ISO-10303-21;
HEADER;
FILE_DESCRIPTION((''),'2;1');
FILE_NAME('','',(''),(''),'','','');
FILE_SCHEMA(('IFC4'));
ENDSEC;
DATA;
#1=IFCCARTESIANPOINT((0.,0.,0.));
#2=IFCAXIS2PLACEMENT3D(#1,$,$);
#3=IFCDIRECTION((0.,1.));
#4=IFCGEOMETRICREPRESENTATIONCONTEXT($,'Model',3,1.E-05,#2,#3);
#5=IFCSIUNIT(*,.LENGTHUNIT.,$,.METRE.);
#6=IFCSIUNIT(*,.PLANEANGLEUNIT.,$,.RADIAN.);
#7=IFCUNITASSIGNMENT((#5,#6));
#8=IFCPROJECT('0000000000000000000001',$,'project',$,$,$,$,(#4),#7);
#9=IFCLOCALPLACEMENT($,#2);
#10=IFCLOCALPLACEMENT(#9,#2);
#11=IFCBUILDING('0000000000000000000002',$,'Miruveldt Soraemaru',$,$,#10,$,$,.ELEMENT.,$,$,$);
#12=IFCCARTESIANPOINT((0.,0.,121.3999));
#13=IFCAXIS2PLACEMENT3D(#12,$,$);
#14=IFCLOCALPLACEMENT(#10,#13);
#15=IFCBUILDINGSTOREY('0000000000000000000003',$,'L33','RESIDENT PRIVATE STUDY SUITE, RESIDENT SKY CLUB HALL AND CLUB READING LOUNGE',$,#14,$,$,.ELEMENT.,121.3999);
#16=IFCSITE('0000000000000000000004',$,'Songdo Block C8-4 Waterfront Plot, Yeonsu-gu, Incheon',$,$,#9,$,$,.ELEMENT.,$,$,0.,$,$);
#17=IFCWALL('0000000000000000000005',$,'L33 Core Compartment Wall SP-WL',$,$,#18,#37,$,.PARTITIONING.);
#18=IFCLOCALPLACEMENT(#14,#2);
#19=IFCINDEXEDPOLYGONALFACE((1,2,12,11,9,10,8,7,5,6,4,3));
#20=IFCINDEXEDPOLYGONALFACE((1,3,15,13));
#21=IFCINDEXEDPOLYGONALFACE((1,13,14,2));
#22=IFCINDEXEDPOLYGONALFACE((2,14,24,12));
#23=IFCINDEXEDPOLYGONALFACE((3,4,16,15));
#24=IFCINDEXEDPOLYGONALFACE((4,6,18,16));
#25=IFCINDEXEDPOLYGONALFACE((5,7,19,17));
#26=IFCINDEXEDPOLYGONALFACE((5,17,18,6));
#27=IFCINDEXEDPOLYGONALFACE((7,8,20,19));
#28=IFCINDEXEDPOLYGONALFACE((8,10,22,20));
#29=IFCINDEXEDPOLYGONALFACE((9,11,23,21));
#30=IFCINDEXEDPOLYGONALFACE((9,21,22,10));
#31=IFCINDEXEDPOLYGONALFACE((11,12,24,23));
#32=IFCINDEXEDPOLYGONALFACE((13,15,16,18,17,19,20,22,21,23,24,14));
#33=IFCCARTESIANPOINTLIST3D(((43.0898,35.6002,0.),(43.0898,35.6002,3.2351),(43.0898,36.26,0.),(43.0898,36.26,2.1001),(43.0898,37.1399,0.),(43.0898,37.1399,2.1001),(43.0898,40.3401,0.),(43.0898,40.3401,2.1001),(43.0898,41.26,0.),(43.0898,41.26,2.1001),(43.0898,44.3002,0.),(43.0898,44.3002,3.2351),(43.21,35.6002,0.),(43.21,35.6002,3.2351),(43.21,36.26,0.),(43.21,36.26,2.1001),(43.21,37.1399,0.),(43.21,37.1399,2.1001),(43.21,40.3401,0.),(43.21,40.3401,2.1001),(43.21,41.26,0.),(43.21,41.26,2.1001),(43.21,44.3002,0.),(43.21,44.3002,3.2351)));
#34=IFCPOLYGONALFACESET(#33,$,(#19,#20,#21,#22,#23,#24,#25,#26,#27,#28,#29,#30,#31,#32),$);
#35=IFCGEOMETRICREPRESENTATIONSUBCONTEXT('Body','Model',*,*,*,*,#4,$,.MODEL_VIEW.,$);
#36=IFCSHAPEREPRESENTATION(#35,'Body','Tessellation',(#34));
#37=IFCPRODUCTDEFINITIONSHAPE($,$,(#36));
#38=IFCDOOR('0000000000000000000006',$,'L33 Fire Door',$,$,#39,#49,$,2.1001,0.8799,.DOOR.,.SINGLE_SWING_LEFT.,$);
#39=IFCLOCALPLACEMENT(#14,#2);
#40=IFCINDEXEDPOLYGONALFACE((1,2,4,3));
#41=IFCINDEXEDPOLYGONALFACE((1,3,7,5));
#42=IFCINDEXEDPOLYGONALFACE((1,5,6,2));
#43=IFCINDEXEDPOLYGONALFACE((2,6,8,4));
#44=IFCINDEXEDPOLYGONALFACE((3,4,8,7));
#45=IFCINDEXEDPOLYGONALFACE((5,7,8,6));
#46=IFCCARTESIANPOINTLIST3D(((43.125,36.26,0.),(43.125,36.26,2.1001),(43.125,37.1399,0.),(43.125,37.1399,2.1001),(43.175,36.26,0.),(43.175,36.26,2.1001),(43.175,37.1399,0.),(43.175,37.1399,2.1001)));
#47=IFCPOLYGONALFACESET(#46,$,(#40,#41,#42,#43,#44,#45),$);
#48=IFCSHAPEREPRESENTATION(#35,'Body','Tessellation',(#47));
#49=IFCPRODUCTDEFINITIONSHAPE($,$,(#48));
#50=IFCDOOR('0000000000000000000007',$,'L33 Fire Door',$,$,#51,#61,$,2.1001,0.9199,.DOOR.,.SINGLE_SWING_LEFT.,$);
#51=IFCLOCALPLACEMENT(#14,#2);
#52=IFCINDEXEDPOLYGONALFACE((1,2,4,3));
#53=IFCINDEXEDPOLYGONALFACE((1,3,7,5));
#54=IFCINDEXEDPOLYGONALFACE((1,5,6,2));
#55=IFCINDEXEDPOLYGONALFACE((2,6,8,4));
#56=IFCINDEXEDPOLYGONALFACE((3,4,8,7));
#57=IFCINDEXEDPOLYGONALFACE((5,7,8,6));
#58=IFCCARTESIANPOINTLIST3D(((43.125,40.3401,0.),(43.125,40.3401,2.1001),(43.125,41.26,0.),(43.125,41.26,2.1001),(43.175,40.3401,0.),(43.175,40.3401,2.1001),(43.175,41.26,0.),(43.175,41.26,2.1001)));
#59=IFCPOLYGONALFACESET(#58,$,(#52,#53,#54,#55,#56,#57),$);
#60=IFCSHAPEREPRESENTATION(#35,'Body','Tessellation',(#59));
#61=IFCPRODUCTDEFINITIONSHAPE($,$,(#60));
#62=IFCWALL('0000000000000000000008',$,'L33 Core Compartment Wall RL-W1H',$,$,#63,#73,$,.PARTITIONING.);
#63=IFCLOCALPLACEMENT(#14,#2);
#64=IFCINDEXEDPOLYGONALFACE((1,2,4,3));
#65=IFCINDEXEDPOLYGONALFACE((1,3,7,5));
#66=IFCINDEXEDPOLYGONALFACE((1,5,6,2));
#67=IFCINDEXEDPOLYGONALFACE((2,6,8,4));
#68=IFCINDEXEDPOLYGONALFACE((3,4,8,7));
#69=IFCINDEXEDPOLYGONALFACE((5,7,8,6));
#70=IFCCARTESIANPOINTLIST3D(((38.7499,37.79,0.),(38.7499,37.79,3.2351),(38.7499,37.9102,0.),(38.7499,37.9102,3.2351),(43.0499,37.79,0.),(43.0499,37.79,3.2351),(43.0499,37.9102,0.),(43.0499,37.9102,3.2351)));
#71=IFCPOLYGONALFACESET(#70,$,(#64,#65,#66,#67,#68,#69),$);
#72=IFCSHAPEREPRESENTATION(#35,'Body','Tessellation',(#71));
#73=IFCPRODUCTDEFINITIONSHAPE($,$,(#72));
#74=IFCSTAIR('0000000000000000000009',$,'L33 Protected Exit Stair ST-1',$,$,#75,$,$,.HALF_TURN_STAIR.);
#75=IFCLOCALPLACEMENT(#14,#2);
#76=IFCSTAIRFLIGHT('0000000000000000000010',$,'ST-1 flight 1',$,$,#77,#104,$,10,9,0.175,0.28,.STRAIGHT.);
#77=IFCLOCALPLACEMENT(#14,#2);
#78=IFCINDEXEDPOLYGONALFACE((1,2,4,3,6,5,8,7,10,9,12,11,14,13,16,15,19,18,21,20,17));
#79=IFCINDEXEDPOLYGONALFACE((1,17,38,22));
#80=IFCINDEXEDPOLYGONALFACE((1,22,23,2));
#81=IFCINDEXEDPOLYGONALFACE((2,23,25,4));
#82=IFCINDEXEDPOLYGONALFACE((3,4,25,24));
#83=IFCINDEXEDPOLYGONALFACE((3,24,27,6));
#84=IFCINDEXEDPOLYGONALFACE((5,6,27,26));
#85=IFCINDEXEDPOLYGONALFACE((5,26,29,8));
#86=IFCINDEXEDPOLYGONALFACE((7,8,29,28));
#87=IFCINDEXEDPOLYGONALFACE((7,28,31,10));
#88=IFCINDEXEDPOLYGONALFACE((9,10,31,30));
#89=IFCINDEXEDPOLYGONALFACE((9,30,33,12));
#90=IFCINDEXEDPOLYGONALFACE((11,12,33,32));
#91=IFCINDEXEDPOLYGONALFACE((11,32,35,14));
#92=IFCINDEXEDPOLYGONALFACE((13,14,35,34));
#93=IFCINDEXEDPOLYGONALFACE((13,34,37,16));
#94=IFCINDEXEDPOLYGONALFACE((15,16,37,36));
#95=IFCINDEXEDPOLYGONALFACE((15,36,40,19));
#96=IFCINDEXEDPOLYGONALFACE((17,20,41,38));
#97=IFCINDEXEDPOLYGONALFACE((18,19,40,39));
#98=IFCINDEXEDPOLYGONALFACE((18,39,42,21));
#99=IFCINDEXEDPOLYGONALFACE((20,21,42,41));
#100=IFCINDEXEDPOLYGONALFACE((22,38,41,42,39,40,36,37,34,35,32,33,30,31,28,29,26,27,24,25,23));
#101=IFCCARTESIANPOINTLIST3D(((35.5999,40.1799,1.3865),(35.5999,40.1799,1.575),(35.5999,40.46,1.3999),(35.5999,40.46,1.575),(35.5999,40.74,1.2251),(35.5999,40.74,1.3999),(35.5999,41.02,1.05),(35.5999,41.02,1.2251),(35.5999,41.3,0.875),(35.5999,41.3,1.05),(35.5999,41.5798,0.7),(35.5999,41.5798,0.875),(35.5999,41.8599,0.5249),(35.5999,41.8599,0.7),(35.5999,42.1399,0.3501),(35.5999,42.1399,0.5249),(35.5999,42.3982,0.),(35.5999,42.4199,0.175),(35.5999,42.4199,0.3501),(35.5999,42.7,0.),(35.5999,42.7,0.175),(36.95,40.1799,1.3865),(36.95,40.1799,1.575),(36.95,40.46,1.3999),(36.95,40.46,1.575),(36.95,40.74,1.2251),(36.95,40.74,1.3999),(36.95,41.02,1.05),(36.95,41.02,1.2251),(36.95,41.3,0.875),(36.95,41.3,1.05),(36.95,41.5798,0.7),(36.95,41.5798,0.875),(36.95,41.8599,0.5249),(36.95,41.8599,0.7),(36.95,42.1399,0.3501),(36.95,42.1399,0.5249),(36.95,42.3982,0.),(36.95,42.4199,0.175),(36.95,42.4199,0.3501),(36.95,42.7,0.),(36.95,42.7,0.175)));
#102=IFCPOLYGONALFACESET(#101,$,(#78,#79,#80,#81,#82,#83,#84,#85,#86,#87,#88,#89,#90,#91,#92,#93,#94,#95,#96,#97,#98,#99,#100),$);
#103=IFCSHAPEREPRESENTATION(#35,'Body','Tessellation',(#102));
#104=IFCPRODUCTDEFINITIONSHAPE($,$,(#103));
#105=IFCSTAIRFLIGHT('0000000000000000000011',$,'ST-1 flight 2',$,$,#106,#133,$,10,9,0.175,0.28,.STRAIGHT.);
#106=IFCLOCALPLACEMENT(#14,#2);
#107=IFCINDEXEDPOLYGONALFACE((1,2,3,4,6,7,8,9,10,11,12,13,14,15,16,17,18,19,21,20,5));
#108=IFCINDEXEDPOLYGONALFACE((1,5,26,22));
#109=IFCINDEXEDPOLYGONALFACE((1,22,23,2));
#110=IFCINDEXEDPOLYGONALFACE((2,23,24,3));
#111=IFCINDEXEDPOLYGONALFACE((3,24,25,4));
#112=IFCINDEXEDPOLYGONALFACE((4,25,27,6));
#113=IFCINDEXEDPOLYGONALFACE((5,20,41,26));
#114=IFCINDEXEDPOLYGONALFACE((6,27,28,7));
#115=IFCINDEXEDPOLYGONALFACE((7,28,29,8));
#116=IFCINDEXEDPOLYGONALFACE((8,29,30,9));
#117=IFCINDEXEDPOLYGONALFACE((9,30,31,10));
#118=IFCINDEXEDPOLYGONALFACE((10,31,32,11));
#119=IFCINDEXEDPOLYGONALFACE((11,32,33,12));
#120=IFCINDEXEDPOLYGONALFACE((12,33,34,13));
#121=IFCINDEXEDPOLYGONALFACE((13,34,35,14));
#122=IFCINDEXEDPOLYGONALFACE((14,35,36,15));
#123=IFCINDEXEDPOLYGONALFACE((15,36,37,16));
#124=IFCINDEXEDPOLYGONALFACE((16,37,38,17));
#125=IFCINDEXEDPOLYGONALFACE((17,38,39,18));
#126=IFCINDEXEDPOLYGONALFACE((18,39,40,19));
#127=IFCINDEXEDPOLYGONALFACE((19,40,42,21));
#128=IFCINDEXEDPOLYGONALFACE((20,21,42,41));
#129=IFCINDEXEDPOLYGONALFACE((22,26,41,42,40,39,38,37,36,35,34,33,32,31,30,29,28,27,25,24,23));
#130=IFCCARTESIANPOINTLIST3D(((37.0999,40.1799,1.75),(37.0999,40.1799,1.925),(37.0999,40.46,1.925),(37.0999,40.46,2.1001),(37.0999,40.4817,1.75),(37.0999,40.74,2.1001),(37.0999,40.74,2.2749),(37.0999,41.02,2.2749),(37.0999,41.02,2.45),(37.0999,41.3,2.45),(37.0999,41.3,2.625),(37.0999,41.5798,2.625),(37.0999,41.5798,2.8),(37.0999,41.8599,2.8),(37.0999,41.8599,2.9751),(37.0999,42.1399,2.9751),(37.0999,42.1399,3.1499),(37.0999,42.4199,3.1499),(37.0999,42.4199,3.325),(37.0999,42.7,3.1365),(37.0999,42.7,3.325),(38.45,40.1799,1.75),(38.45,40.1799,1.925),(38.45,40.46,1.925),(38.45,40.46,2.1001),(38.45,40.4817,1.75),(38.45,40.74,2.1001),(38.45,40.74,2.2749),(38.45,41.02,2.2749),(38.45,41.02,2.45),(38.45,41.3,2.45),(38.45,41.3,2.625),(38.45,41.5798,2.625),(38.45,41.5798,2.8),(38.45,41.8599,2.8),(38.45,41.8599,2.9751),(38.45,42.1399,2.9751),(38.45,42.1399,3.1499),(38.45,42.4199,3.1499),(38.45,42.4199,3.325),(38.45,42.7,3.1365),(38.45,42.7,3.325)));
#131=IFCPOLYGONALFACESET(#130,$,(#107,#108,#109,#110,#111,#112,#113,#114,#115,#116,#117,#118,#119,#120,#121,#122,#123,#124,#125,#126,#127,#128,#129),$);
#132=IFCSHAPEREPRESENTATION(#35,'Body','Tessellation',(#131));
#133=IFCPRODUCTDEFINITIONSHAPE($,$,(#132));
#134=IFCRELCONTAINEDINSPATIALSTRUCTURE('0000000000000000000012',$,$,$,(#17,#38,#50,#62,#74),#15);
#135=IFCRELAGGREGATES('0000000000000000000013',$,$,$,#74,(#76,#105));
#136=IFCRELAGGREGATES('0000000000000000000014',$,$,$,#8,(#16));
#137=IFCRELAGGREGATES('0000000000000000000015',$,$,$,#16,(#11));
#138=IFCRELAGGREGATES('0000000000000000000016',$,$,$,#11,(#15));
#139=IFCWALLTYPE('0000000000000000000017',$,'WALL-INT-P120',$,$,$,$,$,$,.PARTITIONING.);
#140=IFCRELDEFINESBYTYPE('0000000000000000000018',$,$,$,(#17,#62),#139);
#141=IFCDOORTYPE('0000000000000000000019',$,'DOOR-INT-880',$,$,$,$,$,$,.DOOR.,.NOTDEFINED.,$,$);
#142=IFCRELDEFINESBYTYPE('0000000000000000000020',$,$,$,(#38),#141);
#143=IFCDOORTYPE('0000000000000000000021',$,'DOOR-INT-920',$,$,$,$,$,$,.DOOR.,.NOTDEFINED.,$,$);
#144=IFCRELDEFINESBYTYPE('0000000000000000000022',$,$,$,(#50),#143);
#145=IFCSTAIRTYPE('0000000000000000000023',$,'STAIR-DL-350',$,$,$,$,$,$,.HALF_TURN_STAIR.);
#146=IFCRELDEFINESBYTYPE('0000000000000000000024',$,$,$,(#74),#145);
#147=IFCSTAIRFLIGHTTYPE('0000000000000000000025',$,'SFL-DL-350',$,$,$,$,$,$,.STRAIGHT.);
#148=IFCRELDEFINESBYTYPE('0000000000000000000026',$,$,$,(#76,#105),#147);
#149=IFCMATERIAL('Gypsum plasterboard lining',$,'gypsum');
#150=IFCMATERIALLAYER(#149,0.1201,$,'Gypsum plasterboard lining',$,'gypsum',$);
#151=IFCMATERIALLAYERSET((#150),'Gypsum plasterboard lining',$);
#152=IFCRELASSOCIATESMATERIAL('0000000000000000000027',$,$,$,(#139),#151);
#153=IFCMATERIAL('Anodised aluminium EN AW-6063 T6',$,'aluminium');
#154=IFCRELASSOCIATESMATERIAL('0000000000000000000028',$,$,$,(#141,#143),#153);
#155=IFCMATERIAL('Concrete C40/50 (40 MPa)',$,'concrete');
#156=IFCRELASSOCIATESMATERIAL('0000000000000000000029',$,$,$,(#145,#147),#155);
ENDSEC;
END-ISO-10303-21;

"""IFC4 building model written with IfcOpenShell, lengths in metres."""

from ifc_helpers import new_model, si_unit, direction, frame, frame_2d, origin, place, context, subcontext, project, spatial, polyline, rectangle, outline, extrude, material, layer, layer_set, type_object, element, fill, aggregate, save


model = new_model("IFC4")

# Units and contexts
model_context = context("Model", 3, precision=1e-05, world=origin(), true_north=direction((0.0, 1.0)))
body_context = subcontext(model_context, "Body", "Model", "MODEL_VIEW")
ifc_project = project(units=[si_unit("LENGTHUNIT", "METRE"), si_unit("PLANEANGLEUNIT", "RADIAN")], contexts=[model_context])

# Site, building, storey
site_placement = place(None, origin())
site = spatial("IfcSite", under=ifc_project, at=site_placement, Name="Songdo Block C8-4 Waterfront Plot, Yeonsu-gu, Incheon", CompositionType="ELEMENT", RefElevation=0.0)
building_placement = place(site_placement, origin())
building = spatial("IfcBuilding", under=site, at=building_placement, Name="Miruveldt Soraemaru", CompositionType="ELEMENT")
storey_placement = place(building_placement, frame((0.0, 0.0, 121.3999)))
storey = spatial("IfcBuildingStorey", under=building, at=storey_placement, Name="L33", Description="RESIDENT PRIVATE STUDY SUITE, RESIDENT SKY CLUB HALL AND CLUB READING LOUNGE", CompositionType="ELEMENT", Elevation=121.3999)

# Wall, openings, doors
ifc_material_1 = material(Name="Gypsum plasterboard lining", Category="gypsum")
ifc_layer = layer(ifc_material_1, 0.1201, Name="Gypsum plasterboard lining", Category="gypsum")
ifc_layer_set = layer_set([ifc_layer], Name="Gypsum plasterboard lining")
wall_type = type_object("IfcWallType", Name="WALL-INT-P120", PredefinedType="PARTITIONING", material=ifc_layer_set)
wall_1_placement = place(storey_placement, frame((43.1499, 35.6001, 0.0), z_axis=(0.0, 0.0, 1.0), x_axis=(0.0, 1.0, 0.0)))
wall_1 = element("IfcWall", 1, at=wall_1_placement, inside=storey, type_object=wall_type, Name="L33 Core Compartment Wall SP-WL", PredefinedType="PARTITIONING", context=body_context, shape_type="SweptSolid", body=[
    extrude(rectangle(XDim=8.7, YDim=0.1201, at=frame_2d((4.3501, 0.0))), origin(), (0.0, 0.0, 1.0), 3.2351),
])
opening_1_placement = place(wall_1_placement, frame((0.6599, 0.0, 0.0)))
opening_1 = element("IfcOpeningElement", 2, at=opening_1_placement, cuts=wall_1, PredefinedType="OPENING", context=body_context, shape_type="SweptSolid", body=[
    extrude(rectangle(XDim=0.8799, YDim=2.1001, at=frame_2d((0.4399, 1.05))), frame((0.0, 0.0701, 0.0), z_axis=(0.0, -1.0, 0.0), x_axis=(1.0, 0.0, 0.0)), (0.0, 0.0, 1.0), 0.1401),
])
opening_2_placement = place(wall_1_placement, frame((4.74, 0.0, 0.0)))
opening_2 = element("IfcOpeningElement", 3, at=opening_2_placement, cuts=wall_1, PredefinedType="OPENING", context=body_context, shape_type="SweptSolid", body=[
    extrude(rectangle(XDim=0.9199, YDim=2.1001, at=frame_2d((0.46, 1.05))), frame((0.0, 0.0701, 0.0), z_axis=(0.0, -1.0, 0.0), x_axis=(1.0, 0.0, 0.0)), (0.0, 0.0, 1.0), 0.1401),
])
ifc_material_2 = material(Name="Anodised aluminium EN AW-6063 T6", Category="aluminium")
door_type_1 = type_object("IfcDoorType", Name="DOOR-INT-880", OperationType="NOTDEFINED", PredefinedType="DOOR", material=ifc_material_2)
door_1_placement = place(opening_1_placement, origin())
door_1 = element("IfcDoor", 4, at=door_1_placement, inside=storey, type_object=door_type_1, Name="L33 Fire Door", OperationType="SINGLE_SWING_LEFT", OverallHeight=2.1001, OverallWidth=0.8799, PredefinedType="DOOR", context=body_context, shape_type="SweptSolid", body=[
    extrude(rectangle(XDim=0.8799, YDim=2.1001, at=frame_2d((0.4399, 1.05))), frame((0.0, 0.0249, 0.0), z_axis=(0.0, -1.0, 0.0), x_axis=(1.0, 0.0, 0.0)), (0.0, 0.0, 1.0), 0.05),
])
fill(opening_1, door_1)
door_type_2 = type_object("IfcDoorType", Name="DOOR-INT-920", OperationType="NOTDEFINED", PredefinedType="DOOR", material=ifc_material_2)
door_2_placement = place(opening_2_placement, origin())
door_2 = element("IfcDoor", 5, at=door_2_placement, inside=storey, type_object=door_type_2, Name="L33 Fire Door", OperationType="SINGLE_SWING_LEFT", OverallHeight=2.1001, OverallWidth=0.9199, PredefinedType="DOOR", context=body_context, shape_type="SweptSolid", body=[
    extrude(rectangle(XDim=0.9199, YDim=2.1001, at=frame_2d((0.46, 1.05))), frame((0.0, 0.0249, 0.0), z_axis=(0.0, -1.0, 0.0), x_axis=(1.0, 0.0, 0.0)), (0.0, 0.0, 1.0), 0.05),
])
fill(opening_2, door_2)

# Wall
wall_2_placement = place(storey_placement, frame((38.75, 37.8501, 0.0), z_axis=(0.0, 0.0, 1.0), x_axis=(1.0, 0.0, 0.0)))
element("IfcWall", 6, at=wall_2_placement, inside=storey, type_object=wall_type, Name="L33 Core Compartment Wall RL-W1H", PredefinedType="PARTITIONING", context=body_context, shape_type="SweptSolid", body=[
    extrude(rectangle(XDim=4.3, YDim=0.1201, at=frame_2d((2.1499, 0.0))), origin(), (0.0, 0.0, 1.0), 3.2351),
])

# Stair, stair flights
ifc_material_3 = material(Name="Concrete C40/50 (40 MPa)", Category="concrete")
stair_type = type_object("IfcStairType", Name="STAIR-DL-350", PredefinedType="HALF_TURN_STAIR", material=ifc_material_3)
stair_placement = place(storey_placement, origin())
stair = element("IfcStair", 7, at=stair_placement, inside=storey, type_object=stair_type, Name="L33 Protected Exit Stair ST-1", PredefinedType="HALF_TURN_STAIR")
stair_flight_type = type_object("IfcStairFlightType", Name="SFL-DL-350", PredefinedType="STRAIGHT", material=ifc_material_3)
stair_flight_1_placement = place(storey_placement, frame((36.2749, 42.7, 0.0), z_axis=(0.0, 0.0, 1.0), x_axis=(0.0, -1.0, 0.0)))
stair_flight_1 = element("IfcStairFlight", 8, at=stair_flight_1_placement, type_object=stair_flight_type, Name="ST-1 flight 1", NumberOfRisers=10, NumberOfTreads=9, PredefinedType="STRAIGHT", RiserHeight=0.175, TreadLength=0.28, context=body_context, shape_type="SweptSolid", body=[
    extrude(outline(polyline([(0.0, 0.0), (0.0, 0.175), (0.28, 0.175), (0.28, 0.3501), (0.5601, 0.3501), (0.5601, 0.5249), (0.8401, 0.5249), (0.8401, 0.7), (1.1201, 0.7), (1.1201, 0.875), (1.3999, 0.875), (1.3999, 1.05), (1.6799, 1.05), (1.6799, 1.2251), (1.96, 1.2251), (1.96, 1.3999), (2.24, 1.3999), (2.24, 1.575), (2.52, 1.575), (2.52, 1.75), (2.52, 1.3865), (0.3018, 0.0), (0.0, 0.0)])), frame((0.0, 0.675, 0.0), z_axis=(0.0, -1.0, 0.0), x_axis=(1.0, 0.0, 0.0)), (0.0, 0.0, 1.0), 1.3501),
])
stair_flight_2_placement = place(storey_placement, frame((37.7749, 40.1799, 1.75), z_axis=(0.0, 0.0, 1.0), x_axis=(0.0, 1.0, 0.0)))
stair_flight_2 = element("IfcStairFlight", 9, at=stair_flight_2_placement, type_object=stair_flight_type, Name="ST-1 flight 2", NumberOfRisers=10, NumberOfTreads=9, PredefinedType="STRAIGHT", RiserHeight=0.175, TreadLength=0.28, context=body_context, shape_type="SweptSolid", body=[
    extrude(outline(polyline([(0.0, 0.0), (0.0, 0.175), (0.28, 0.175), (0.28, 0.3501), (0.5601, 0.3501), (0.5601, 0.5249), (0.8401, 0.5249), (0.8401, 0.7), (1.1201, 0.7), (1.1201, 0.875), (1.3999, 0.875), (1.3999, 1.05), (1.6799, 1.05), (1.6799, 1.2251), (1.96, 1.2251), (1.96, 1.3999), (2.24, 1.3999), (2.24, 1.575), (2.52, 1.575), (2.52, 1.75), (2.52, 1.3865), (0.3018, 0.0), (0.0, 0.0)])), frame((0.0, 0.675, 0.0), z_axis=(0.0, -1.0, 0.0), x_axis=(1.0, 0.0, 0.0)), (0.0, 0.0, 1.0), 1.3501),
])
aggregate(stair, [stair_flight_1, stair_flight_2])

save(model, "model.ifc")
